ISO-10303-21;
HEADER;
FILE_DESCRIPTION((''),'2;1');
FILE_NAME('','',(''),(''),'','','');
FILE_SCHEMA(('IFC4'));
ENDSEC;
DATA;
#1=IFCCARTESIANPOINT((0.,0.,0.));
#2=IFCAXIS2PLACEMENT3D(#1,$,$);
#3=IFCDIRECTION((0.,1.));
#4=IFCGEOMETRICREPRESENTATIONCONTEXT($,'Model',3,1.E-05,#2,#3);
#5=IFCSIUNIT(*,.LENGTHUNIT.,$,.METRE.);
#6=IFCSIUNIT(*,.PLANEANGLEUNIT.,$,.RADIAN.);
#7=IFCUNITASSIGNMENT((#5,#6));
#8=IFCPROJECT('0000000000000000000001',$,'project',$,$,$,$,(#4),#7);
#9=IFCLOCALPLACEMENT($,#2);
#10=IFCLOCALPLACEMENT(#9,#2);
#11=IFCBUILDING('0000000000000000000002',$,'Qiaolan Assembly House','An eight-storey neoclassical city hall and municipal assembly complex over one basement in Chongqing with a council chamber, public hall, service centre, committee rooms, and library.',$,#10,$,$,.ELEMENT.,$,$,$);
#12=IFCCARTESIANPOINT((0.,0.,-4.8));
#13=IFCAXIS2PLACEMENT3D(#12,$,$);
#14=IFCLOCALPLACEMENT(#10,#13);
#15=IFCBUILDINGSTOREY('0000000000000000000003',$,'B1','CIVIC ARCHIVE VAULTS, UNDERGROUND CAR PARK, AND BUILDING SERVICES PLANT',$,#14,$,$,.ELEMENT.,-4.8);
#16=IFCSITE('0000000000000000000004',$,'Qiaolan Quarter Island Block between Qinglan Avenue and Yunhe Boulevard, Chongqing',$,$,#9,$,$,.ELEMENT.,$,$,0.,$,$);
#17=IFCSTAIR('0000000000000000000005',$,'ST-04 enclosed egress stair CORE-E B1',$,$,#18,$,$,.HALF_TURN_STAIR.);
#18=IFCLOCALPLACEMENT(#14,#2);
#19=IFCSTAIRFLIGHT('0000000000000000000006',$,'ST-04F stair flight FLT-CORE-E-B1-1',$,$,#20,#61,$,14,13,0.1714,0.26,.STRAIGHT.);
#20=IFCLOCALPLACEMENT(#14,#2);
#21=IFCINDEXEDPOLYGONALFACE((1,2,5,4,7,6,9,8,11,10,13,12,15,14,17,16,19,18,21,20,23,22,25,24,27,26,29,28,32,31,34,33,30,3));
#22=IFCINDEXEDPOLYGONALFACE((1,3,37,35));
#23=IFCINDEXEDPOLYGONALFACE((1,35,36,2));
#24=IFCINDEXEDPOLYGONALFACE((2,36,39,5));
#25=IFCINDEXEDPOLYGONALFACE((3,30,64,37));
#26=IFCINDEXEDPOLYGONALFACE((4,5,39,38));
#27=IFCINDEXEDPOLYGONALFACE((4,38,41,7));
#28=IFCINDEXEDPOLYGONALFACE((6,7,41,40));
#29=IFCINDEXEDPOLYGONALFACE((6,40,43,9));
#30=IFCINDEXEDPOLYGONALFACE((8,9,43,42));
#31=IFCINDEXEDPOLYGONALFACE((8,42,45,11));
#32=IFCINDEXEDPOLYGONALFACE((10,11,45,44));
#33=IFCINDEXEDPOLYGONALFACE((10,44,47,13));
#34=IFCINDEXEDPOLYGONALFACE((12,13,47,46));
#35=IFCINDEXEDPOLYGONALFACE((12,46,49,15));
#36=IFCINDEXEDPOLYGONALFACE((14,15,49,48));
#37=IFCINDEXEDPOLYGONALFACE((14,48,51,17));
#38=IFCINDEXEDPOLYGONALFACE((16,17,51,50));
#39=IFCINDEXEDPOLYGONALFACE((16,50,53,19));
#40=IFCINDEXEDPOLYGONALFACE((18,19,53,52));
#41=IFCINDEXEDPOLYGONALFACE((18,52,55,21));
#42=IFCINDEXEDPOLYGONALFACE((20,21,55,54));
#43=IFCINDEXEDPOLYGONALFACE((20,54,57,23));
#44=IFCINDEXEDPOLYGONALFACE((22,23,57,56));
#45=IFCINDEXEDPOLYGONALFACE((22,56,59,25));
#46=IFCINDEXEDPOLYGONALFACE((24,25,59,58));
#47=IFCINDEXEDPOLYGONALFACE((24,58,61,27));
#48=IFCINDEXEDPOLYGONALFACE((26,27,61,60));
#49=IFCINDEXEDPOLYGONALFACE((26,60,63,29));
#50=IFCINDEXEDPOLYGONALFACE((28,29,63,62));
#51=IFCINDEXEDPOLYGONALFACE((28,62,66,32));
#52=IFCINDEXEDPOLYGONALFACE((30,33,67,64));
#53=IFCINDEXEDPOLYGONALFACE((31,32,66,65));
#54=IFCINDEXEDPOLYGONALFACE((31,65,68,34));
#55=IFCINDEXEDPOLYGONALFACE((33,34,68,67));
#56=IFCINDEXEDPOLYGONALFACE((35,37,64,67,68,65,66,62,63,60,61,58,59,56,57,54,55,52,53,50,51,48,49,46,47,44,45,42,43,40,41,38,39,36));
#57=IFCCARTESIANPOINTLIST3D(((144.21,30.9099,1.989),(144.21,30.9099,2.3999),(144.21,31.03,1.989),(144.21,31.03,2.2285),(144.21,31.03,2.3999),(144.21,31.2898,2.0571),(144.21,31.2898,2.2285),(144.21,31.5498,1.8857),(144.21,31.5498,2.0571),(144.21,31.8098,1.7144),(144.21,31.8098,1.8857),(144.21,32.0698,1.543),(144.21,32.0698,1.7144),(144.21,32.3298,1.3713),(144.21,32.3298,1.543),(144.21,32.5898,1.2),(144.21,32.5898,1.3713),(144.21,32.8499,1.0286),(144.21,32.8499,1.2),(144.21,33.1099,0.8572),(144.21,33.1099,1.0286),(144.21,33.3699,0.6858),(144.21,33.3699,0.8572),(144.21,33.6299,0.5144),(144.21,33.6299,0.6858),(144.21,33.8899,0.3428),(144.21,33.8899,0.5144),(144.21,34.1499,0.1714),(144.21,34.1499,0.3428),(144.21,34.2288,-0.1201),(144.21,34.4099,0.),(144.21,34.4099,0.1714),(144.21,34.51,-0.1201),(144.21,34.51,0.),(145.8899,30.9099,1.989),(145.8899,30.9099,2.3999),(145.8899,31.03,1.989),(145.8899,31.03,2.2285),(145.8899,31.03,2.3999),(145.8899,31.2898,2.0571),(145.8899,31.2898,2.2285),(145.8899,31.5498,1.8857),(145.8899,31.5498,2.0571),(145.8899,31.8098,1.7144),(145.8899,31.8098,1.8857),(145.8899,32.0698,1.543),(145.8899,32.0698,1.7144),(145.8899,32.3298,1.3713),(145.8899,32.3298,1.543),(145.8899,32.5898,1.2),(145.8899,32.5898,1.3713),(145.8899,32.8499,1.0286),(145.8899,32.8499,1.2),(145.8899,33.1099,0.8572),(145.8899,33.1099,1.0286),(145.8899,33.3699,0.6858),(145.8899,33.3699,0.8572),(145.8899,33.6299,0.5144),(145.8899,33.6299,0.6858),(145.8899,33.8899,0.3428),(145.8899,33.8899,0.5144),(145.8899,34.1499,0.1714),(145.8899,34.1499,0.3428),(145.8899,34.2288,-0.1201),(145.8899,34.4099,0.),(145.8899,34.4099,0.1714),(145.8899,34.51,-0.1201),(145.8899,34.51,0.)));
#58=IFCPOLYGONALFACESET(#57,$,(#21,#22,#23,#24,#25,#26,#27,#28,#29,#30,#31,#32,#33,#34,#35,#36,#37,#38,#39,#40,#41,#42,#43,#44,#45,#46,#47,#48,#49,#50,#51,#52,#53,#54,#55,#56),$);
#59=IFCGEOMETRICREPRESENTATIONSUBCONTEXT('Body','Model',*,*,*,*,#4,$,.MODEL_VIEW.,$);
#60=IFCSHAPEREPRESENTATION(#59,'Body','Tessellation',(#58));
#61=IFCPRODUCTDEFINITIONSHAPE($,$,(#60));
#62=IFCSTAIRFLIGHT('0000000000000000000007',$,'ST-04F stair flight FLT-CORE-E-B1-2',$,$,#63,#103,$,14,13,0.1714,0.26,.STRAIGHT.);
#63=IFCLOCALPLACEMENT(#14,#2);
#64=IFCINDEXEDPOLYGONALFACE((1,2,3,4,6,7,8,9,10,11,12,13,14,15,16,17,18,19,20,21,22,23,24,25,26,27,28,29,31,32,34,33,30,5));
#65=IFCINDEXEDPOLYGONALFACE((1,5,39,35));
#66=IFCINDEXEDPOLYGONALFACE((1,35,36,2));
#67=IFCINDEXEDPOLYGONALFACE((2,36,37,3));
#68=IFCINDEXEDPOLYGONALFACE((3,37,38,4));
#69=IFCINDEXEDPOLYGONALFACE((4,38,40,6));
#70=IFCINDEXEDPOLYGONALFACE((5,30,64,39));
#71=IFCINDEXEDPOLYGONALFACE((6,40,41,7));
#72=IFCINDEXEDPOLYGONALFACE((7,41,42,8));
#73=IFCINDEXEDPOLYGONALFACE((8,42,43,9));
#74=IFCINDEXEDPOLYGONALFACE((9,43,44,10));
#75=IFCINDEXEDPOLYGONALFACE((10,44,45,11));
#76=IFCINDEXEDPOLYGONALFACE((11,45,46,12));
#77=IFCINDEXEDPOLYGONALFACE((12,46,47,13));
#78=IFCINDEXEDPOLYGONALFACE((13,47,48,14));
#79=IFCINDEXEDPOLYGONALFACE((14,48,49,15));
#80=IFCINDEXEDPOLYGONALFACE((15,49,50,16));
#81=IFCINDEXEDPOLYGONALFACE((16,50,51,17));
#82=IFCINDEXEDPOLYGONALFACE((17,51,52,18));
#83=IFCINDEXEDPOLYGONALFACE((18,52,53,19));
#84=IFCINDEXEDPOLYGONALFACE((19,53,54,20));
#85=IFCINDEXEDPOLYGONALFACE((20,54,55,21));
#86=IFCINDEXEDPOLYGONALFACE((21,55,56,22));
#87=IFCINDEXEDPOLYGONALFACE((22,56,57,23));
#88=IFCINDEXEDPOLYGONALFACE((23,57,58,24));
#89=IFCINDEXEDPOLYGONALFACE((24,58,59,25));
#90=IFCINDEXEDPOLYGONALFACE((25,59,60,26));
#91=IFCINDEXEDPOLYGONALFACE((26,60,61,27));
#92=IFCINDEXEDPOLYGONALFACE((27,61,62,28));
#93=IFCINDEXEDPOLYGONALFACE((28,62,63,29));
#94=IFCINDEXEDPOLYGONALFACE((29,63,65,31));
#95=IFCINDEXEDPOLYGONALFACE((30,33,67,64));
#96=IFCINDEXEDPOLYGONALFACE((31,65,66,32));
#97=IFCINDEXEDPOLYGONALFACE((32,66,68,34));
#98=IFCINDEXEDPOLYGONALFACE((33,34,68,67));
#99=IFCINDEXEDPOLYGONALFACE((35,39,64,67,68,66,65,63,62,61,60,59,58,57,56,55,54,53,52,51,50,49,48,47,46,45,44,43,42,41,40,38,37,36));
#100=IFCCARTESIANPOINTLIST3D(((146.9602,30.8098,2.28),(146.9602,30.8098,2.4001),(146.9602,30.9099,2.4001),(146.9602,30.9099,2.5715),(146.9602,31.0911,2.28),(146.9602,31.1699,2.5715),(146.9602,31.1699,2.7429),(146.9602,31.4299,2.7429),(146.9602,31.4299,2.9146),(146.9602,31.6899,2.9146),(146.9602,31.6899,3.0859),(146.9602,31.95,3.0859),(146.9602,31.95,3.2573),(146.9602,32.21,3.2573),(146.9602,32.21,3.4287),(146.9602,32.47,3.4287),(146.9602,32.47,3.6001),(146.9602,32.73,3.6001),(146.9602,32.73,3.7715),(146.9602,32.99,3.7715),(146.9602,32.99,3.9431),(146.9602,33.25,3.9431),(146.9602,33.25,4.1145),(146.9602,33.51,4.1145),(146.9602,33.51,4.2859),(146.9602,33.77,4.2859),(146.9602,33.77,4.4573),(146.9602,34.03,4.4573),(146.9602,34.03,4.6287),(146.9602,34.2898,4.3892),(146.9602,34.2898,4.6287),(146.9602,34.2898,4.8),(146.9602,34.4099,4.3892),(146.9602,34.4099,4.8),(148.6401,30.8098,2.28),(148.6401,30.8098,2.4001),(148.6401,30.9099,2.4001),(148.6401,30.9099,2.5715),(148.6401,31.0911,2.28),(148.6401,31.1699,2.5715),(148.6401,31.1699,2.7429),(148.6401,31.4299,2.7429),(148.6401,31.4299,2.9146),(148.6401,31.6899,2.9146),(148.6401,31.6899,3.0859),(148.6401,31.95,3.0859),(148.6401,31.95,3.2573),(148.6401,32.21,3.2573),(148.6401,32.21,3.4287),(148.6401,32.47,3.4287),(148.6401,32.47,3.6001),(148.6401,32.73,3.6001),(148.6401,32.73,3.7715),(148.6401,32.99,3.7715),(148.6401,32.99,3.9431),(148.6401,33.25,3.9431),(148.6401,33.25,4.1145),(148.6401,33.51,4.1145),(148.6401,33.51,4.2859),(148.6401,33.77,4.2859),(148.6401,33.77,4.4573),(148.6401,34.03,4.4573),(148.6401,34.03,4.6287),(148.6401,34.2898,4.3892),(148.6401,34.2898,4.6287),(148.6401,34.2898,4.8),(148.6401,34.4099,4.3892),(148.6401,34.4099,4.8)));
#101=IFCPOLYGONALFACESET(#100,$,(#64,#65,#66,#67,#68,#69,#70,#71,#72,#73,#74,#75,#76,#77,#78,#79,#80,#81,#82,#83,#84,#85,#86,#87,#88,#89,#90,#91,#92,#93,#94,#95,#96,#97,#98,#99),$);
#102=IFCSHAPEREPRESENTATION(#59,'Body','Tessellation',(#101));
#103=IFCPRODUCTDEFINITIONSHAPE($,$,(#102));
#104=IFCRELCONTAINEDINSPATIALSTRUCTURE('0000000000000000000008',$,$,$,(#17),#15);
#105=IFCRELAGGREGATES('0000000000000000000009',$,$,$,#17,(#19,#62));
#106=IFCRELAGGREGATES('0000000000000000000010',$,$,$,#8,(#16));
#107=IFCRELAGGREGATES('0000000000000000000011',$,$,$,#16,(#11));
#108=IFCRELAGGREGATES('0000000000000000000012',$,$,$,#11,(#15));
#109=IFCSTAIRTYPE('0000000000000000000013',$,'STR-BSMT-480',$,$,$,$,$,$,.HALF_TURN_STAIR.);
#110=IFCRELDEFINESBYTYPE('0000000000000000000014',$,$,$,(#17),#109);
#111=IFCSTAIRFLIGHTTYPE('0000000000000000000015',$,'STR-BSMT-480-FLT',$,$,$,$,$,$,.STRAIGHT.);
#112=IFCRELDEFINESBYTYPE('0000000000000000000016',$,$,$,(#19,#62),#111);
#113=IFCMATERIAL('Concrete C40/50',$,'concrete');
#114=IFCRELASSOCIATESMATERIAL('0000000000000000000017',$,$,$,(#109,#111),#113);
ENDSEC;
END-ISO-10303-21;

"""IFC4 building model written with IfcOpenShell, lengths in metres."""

from ifc_helpers import new_model, si_unit, direction, frame, origin, place, context, subcontext, project, spatial, polyline, outline, extrude, material, type_object, element, aggregate, save


model = new_model("IFC4")

# Units and contexts
model_context = context("Model", 3, precision=1e-05, world=origin(), true_north=direction((0.0, 1.0)))
body_context = subcontext(model_context, "Body", "Model", "MODEL_VIEW")
ifc_project = project(units=[si_unit("LENGTHUNIT", "METRE"), si_unit("PLANEANGLEUNIT", "RADIAN")], contexts=[model_context])

# Site, building, storey
site_placement = place(None, origin())
site = spatial("IfcSite", under=ifc_project, at=site_placement, Name="Qiaolan Quarter Island Block between Qinglan Avenue and Yunhe Boulevard, Chongqing", CompositionType="ELEMENT", RefElevation=0.0)
building_placement = place(site_placement, origin())
building = spatial("IfcBuilding", under=site, at=building_placement, Name="Qiaolan Assembly House", Description="An eight-storey neoclassical city hall and municipal assembly complex over one basement in Chongqing with a council chamber, public hall, service centre, committee rooms, and library.", CompositionType="ELEMENT")
storey_placement = place(building_placement, frame((0.0, 0.0, -4.8)))
storey = spatial("IfcBuildingStorey", under=building, at=storey_placement, Name="B1", Description="CIVIC ARCHIVE VAULTS, UNDERGROUND CAR PARK, AND BUILDING SERVICES PLANT", CompositionType="ELEMENT", Elevation=-4.8)

# Shared definitions
ifc_material_1 = material(Name="Concrete C40/50", Category="concrete")

# Stair, stair flights
stair_type = type_object("IfcStairType", Name="STR-BSMT-480", PredefinedType="HALF_TURN_STAIR", material=ifc_material_1)
stair_placement = place(storey_placement, origin())
stair = element("IfcStair", 1, at=stair_placement, inside=storey, type_object=stair_type, Name="ST-04 enclosed egress stair CORE-E B1", PredefinedType="HALF_TURN_STAIR")
stair_flight_type = type_object("IfcStairFlightType", Name="STR-BSMT-480-FLT", PredefinedType="STRAIGHT", material=ifc_material_1)
stair_flight_1_placement = place(storey_placement, frame((145.05, 34.4099, 0.0), z_axis=(0.0, 0.0, 1.0), x_axis=(0.0, -1.0, 0.0)))
stair_flight_1 = element("IfcStairFlight", 2, at=stair_flight_1_placement, type_object=stair_flight_type, Name="ST-04F stair flight FLT-CORE-E-B1-1", NumberOfRisers=14, NumberOfTreads=13, PredefinedType="STRAIGHT", RiserHeight=0.1714, TreadLength=0.26, context=body_context, shape_type="SweptSolid", body=[
    extrude(outline(polyline([(-0.1001, -0.1201), (-0.1001, 0.0), (0.0, 0.0), (0.0, 0.1714), (0.26, 0.1714), (0.26, 0.3428), (0.52, 0.3428), (0.52, 0.5144), (0.78, 0.5144), (0.78, 0.6858), (1.04, 0.6858), (1.04, 0.8572), (1.3, 0.8572), (1.3, 1.0286), (1.5601, 1.0286), (1.5601, 1.2), (1.8201, 1.2), (1.8201, 1.3713), (2.0801, 1.3713), (2.0801, 1.543), (2.3401, 1.543), (2.3401, 1.7144), (2.6001, 1.7144), (2.6001, 1.8857), (2.8601, 1.8857), (2.8601, 2.0571), (3.1201, 2.0571), (3.1201, 2.2285), (3.3799, 2.2285), (3.3799, 2.3999), (3.5, 2.3999), (3.5, 1.989), (3.3799, 1.989), (0.1812, -0.1201), (-0.1001, -0.1201)])), frame((0.0, 0.8398, 0.0), z_axis=(0.0, -1.0, 0.0), x_axis=(1.0, 0.0, 0.0)), (0.0, 0.0, 1.0), 1.6799),
])
stair_flight_2_placement = place(storey_placement, frame((147.8, 30.9099, 2.4001), z_axis=(0.0, 0.0, 1.0), x_axis=(0.0, 1.0, 0.0)))
stair_flight_2 = element("IfcStairFlight", 3, at=stair_flight_2_placement, type_object=stair_flight_type, Name="ST-04F stair flight FLT-CORE-E-B1-2", NumberOfRisers=14, NumberOfTreads=13, PredefinedType="STRAIGHT", RiserHeight=0.1714, TreadLength=0.26, context=body_context, shape_type="SweptSolid", body=[
    extrude(outline(polyline([(-0.1001, -0.1201), (-0.1001, 0.0), (0.0, 0.0), (0.0, 0.1714), (0.26, 0.1714), (0.26, 0.3428), (0.52, 0.3428), (0.52, 0.5144), (0.78, 0.5144), (0.78, 0.6858), (1.04, 0.6858), (1.04, 0.8572), (1.3, 0.8572), (1.3, 1.0286), (1.5601, 1.0286), (1.5601, 1.2), (1.8201, 1.2), (1.8201, 1.3713), (2.0801, 1.3713), (2.0801, 1.543), (2.3401, 1.543), (2.3401, 1.7144), (2.6001, 1.7144), (2.6001, 1.8857), (2.8601, 1.8857), (2.8601, 2.0571), (3.1201, 2.0571), (3.1201, 2.2285), (3.3799, 2.2285), (3.3799, 2.3999), (3.5, 2.3999), (3.5, 1.989), (3.3799, 1.989), (0.1812, -0.1201), (-0.1001, -0.1201)])), frame((0.0, 0.8398, 0.0), z_axis=(0.0, -1.0, 0.0), x_axis=(1.0, 0.0, 0.0)), (0.0, 0.0, 1.0), 1.6799),
])
aggregate(stair, [stair_flight_1, stair_flight_2])

save(model, "model.ifc")
